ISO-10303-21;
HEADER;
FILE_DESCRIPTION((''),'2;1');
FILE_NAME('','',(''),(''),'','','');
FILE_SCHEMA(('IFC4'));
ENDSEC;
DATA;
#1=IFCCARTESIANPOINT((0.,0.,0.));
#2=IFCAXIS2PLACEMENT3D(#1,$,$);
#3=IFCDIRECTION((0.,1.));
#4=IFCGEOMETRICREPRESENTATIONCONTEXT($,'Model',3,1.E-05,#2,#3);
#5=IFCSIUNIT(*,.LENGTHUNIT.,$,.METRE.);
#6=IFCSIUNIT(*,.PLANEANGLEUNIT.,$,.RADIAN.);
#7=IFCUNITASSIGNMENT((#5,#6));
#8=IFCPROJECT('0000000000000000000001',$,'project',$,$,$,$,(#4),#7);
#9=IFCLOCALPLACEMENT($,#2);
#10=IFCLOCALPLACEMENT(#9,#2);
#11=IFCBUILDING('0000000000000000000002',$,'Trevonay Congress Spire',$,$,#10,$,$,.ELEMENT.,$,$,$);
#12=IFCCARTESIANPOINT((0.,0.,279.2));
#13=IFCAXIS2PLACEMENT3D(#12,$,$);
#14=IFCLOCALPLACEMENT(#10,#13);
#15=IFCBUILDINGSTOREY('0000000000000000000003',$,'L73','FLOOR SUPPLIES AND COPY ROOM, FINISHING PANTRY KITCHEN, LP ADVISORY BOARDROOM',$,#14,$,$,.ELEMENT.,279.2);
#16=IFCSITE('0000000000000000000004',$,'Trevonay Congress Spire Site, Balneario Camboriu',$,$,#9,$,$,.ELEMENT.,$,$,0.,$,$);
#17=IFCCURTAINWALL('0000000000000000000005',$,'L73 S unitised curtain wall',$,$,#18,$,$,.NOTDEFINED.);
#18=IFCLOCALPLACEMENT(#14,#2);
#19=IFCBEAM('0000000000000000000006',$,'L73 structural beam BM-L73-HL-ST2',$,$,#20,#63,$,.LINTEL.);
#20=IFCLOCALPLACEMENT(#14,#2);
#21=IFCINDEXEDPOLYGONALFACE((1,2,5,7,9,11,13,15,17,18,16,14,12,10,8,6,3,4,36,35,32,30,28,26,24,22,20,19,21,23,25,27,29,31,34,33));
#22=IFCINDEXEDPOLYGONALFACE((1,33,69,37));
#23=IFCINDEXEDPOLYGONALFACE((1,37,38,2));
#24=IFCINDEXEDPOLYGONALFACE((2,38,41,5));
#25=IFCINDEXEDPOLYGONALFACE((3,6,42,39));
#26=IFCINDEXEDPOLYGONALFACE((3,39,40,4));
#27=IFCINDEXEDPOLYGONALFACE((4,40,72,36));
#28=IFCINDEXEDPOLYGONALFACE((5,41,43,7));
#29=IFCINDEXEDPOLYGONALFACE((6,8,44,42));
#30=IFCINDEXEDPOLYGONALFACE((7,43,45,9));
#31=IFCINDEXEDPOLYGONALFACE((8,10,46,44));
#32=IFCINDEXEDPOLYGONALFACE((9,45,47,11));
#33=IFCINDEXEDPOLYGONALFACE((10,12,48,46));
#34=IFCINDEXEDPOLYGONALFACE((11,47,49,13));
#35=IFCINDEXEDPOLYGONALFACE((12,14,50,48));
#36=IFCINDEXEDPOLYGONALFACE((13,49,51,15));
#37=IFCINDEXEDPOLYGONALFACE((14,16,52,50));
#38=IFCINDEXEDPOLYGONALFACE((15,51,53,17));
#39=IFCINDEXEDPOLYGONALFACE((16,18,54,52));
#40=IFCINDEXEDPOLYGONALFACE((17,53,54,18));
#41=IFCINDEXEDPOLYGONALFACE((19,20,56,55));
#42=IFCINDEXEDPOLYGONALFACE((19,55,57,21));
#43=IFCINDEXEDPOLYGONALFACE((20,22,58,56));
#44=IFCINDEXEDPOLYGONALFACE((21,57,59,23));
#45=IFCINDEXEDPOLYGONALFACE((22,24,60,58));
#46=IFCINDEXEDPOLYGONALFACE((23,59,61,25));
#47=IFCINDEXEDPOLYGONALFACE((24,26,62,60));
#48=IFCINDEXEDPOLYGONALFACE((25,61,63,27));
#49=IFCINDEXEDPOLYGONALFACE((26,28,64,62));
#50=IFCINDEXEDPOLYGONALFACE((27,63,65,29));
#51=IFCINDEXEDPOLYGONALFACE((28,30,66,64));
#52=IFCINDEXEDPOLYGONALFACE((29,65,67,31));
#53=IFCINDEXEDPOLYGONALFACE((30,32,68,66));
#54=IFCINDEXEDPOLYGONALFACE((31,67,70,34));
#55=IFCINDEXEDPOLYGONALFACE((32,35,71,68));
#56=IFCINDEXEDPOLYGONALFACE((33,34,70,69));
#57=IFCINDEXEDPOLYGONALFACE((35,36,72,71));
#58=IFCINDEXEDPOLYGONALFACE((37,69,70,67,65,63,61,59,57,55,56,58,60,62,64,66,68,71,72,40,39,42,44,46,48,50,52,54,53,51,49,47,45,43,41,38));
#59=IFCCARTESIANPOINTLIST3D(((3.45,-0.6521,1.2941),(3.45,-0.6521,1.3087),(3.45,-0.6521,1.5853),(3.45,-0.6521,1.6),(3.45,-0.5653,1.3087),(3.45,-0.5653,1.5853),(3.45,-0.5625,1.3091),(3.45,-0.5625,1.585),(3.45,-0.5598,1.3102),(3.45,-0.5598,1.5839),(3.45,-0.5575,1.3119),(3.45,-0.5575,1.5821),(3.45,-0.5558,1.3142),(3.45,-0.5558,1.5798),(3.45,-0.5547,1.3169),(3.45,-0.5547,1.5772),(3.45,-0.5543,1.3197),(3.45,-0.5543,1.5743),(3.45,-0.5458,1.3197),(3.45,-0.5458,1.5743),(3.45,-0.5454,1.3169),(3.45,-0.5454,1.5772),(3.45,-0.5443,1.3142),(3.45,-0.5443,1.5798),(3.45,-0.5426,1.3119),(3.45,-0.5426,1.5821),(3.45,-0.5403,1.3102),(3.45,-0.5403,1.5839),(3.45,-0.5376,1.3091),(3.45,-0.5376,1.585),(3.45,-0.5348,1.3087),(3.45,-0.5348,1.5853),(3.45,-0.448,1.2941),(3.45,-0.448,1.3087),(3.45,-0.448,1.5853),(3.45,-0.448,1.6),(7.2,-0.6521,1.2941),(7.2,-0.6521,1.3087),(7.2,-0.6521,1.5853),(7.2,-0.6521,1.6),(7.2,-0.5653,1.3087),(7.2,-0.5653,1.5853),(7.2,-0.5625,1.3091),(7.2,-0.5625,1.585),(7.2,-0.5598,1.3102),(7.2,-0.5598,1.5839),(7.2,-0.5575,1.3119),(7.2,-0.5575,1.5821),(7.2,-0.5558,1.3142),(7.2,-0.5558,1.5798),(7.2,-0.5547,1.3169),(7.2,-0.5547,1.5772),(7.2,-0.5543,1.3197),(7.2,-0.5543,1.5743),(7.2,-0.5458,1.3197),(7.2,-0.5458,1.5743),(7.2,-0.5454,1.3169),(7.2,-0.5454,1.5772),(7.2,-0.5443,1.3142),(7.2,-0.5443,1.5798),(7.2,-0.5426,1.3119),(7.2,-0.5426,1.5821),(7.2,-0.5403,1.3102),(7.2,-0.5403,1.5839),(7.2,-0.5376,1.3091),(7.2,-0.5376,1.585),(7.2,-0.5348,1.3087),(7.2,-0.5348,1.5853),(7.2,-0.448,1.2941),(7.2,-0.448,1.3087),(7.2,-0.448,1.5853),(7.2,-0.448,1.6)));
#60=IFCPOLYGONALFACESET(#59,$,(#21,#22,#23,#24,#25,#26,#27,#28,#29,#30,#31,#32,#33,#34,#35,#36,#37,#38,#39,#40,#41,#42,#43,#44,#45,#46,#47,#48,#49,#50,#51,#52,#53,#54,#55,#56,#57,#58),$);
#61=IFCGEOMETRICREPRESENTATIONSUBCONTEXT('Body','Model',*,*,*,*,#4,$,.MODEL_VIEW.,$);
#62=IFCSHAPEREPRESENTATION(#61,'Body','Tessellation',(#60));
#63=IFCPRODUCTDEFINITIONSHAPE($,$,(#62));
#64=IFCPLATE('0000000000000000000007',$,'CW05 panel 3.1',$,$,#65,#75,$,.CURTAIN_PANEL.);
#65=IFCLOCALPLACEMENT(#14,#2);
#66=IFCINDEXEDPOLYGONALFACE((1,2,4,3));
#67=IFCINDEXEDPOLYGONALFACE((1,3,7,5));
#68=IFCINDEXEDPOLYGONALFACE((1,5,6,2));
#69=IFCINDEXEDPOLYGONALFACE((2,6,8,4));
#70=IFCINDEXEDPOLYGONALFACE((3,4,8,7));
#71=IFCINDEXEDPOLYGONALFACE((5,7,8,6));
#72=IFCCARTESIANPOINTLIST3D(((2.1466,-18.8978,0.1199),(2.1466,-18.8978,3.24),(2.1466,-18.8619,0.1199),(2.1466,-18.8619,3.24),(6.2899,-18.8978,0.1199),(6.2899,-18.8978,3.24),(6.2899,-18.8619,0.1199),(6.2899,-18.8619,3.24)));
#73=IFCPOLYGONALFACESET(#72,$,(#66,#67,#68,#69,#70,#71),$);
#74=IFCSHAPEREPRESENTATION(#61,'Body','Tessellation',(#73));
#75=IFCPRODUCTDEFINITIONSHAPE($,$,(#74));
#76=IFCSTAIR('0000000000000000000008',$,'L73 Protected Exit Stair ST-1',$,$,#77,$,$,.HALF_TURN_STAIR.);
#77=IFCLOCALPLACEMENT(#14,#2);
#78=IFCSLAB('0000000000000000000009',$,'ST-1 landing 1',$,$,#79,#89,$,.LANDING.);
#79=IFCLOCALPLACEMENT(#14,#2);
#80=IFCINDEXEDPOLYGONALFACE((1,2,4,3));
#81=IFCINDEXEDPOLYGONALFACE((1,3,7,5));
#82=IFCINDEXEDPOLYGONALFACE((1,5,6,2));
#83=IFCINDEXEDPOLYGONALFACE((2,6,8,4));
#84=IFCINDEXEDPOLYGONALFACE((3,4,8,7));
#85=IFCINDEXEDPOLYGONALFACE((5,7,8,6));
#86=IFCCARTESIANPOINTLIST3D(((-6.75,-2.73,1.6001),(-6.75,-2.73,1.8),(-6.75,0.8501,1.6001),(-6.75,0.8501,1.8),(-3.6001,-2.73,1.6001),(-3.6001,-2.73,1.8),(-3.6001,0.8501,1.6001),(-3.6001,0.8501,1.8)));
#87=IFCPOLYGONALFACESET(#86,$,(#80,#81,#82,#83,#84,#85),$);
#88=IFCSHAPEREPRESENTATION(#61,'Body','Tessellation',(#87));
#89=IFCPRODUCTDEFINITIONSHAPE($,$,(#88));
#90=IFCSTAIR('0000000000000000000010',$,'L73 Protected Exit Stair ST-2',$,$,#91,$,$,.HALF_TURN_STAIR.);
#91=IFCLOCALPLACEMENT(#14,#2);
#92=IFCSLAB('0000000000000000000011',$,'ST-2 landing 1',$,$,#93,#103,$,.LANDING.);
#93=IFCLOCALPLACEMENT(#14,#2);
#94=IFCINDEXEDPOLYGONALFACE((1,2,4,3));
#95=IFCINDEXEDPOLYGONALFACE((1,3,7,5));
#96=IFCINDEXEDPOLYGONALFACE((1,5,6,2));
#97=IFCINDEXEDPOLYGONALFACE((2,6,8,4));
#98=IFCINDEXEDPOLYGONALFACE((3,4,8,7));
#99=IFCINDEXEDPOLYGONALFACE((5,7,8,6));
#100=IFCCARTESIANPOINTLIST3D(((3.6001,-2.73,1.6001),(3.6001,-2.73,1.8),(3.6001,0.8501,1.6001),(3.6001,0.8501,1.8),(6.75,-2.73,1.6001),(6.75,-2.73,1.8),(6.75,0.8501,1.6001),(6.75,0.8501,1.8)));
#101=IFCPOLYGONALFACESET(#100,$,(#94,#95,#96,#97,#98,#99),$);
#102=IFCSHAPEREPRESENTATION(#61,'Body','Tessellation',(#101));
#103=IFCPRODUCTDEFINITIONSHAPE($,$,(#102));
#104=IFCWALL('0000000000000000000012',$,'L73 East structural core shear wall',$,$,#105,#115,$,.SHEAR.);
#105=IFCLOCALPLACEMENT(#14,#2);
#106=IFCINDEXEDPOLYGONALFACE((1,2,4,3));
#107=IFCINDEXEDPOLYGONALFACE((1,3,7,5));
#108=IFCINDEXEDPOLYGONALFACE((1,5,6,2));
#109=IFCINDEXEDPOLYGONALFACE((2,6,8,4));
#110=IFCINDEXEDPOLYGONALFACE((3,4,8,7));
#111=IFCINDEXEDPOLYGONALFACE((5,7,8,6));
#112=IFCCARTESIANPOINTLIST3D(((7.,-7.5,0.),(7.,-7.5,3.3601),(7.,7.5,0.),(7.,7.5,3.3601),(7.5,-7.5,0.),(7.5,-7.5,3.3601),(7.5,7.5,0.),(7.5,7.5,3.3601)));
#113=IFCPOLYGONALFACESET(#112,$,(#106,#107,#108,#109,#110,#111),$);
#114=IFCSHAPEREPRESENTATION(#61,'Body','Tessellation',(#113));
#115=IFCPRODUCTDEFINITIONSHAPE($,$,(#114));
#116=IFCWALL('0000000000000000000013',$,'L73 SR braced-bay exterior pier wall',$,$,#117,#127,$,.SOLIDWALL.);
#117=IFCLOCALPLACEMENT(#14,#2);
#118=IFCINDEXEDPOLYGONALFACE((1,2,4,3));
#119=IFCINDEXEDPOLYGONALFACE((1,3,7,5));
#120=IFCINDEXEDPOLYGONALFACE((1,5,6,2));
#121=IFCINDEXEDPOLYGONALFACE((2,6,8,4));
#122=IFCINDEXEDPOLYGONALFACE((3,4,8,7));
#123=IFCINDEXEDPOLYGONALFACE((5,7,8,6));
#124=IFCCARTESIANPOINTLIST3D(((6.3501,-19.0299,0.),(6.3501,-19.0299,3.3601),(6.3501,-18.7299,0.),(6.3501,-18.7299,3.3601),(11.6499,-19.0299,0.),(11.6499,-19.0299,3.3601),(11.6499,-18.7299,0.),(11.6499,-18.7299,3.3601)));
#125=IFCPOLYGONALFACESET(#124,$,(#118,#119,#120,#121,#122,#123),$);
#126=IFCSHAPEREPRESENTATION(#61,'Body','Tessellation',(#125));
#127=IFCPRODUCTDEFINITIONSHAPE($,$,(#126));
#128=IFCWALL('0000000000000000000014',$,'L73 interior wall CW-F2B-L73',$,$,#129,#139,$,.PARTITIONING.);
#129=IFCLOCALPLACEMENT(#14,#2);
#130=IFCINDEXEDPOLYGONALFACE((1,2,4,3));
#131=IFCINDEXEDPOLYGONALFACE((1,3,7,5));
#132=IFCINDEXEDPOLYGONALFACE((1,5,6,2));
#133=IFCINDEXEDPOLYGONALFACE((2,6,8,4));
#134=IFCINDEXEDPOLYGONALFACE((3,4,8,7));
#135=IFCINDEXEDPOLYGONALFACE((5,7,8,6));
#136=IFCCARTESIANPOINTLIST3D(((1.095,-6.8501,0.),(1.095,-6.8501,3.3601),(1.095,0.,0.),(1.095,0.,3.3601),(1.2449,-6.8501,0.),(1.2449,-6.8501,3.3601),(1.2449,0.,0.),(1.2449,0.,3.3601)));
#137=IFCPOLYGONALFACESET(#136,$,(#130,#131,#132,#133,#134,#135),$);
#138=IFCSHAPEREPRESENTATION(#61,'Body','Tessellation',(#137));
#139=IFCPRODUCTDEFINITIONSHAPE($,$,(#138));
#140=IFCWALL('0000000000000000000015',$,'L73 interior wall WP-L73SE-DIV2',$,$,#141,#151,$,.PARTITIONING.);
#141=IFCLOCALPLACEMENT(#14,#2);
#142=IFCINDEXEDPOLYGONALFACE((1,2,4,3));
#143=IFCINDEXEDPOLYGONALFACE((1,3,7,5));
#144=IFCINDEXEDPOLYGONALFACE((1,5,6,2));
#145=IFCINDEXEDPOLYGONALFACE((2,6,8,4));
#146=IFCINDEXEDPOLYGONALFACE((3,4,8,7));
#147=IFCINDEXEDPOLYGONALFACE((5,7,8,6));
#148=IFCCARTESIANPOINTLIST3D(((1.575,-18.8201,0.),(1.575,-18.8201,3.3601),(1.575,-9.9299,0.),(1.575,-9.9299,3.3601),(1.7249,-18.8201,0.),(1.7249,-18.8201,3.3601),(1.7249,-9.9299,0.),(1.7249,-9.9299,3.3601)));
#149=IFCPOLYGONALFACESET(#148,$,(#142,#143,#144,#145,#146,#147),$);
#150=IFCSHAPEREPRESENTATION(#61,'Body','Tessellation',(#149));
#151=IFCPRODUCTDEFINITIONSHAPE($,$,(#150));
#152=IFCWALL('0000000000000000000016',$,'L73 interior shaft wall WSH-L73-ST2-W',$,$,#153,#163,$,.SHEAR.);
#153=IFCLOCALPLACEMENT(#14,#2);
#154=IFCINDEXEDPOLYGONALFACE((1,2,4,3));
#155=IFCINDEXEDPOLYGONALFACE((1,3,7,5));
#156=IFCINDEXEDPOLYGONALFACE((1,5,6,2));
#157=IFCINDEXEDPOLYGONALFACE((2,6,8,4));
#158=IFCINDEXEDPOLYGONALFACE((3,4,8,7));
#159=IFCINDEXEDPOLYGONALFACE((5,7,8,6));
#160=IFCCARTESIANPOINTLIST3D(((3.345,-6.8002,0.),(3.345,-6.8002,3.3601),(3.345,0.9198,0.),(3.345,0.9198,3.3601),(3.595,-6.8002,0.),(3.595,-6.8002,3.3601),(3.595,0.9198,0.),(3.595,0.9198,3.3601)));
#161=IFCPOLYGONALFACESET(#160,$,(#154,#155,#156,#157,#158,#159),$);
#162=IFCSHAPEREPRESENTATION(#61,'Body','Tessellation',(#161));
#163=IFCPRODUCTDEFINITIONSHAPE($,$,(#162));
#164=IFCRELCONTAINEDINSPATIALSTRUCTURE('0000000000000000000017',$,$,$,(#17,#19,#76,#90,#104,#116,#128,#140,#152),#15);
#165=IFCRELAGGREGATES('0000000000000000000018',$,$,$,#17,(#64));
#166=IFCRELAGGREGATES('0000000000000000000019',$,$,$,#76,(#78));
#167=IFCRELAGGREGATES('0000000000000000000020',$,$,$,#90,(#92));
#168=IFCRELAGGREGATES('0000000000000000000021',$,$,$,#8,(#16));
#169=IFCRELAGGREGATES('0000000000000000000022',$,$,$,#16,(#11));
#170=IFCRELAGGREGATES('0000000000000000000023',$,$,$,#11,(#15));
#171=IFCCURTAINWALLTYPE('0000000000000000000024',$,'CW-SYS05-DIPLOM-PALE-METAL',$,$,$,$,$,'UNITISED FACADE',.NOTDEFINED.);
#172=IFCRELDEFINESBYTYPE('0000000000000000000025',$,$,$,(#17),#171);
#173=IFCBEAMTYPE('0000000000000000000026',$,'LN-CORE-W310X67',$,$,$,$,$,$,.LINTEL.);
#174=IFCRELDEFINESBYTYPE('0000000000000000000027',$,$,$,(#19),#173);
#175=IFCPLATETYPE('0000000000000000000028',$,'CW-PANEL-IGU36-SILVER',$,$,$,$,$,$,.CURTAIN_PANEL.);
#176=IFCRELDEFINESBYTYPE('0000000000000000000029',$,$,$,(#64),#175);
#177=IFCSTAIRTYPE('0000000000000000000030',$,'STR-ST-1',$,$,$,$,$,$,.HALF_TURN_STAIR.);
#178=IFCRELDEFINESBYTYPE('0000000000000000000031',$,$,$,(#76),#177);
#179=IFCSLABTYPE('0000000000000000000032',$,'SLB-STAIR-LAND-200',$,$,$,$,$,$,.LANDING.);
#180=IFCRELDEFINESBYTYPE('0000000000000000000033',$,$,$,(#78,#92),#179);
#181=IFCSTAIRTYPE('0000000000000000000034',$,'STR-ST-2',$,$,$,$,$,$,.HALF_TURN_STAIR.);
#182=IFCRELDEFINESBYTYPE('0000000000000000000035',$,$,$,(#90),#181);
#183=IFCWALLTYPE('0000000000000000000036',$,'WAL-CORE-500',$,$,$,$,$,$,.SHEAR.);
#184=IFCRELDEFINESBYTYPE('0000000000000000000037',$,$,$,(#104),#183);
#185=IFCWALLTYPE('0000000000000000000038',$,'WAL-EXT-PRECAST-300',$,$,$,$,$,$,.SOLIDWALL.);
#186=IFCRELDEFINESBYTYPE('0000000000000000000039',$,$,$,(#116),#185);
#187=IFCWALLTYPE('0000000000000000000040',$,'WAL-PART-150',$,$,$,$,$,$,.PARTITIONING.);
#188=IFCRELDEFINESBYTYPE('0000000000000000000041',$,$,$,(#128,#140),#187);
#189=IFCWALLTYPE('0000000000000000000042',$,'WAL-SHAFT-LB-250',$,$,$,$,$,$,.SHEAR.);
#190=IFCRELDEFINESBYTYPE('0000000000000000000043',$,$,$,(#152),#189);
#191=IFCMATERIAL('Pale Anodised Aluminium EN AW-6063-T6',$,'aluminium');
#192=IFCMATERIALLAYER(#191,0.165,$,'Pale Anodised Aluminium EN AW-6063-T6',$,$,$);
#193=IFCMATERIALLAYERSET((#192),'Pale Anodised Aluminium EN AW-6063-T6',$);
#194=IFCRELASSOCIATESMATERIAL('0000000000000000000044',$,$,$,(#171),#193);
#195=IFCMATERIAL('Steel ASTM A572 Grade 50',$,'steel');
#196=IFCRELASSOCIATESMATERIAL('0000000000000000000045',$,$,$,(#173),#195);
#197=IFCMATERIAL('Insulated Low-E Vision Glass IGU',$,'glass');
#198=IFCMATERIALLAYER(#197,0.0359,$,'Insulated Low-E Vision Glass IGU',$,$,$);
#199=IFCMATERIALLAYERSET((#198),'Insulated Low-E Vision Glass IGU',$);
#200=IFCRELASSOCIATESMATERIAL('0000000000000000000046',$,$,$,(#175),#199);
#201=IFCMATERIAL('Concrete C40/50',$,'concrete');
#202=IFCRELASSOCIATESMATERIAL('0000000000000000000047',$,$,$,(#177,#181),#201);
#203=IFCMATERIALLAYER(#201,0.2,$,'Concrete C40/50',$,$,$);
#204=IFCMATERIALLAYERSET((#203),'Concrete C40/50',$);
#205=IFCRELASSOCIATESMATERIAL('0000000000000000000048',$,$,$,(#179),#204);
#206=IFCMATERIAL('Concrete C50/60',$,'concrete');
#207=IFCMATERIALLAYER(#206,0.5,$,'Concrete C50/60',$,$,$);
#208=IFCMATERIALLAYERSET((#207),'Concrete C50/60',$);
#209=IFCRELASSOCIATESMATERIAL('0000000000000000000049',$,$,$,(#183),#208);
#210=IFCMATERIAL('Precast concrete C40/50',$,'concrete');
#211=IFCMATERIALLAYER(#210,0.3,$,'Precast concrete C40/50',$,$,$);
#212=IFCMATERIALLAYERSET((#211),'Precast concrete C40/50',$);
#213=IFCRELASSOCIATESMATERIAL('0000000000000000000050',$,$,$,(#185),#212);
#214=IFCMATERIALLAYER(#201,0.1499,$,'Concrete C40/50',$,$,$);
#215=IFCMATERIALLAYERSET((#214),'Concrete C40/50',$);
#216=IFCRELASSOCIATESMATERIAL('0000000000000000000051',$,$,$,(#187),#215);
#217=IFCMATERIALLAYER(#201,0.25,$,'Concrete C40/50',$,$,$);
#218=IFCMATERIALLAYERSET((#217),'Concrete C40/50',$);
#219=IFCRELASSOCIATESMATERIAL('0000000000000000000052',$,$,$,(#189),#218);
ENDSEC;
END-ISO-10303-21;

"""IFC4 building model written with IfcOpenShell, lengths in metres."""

from ifc_helpers import new_model, si_unit, direction, frame, frame_2d, origin, origin_2d, place, context, subcontext, project, spatial, polyline, rectangle, i_section, outline, extrude, material, layer, layer_set, material_profile, profile_set, type_object, element, aggregate, save


model = new_model("IFC4")

# Units and contexts
model_context = context("Model", 3, precision=1e-05, world=origin(), true_north=direction((0.0, 1.0)))
body_context = subcontext(model_context, "Body", "Model", "MODEL_VIEW")
ifc_project = project(units=[si_unit("LENGTHUNIT", "METRE"), si_unit("PLANEANGLEUNIT", "RADIAN")], contexts=[model_context])

# Site, building, storey
site_placement = place(None, origin())
site = spatial("IfcSite", under=ifc_project, at=site_placement, Name="Trevonay Congress Spire Site, Balneario Camboriu", CompositionType="ELEMENT", RefElevation=0.0)
building_placement = place(site_placement, origin())
building = spatial("IfcBuilding", under=site, at=building_placement, Name="Trevonay Congress Spire", CompositionType="ELEMENT")
storey_placement = place(building_placement, frame((0.0, 0.0, 279.2)))
storey = spatial("IfcBuildingStorey", under=building, at=storey_placement, Name="L73", Description="FLOOR SUPPLIES AND COPY ROOM, FINISHING PANTRY KITCHEN, LP ADVISORY BOARDROOM", CompositionType="ELEMENT", Elevation=279.2)

# Shared definitions
ifc_material_1 = material(Name="Steel ASTM A572 Grade 50", Category="steel")

# Curtain wall
ifc_material_2 = material(Name="Pale Anodised Aluminium EN AW-6063-T6", Category="aluminium")
ifc_layer_1 = layer(ifc_material_2, 0.165, Name="Pale Anodised Aluminium EN AW-6063-T6")
ifc_layer_set_1 = layer_set([ifc_layer_1], Name="Pale Anodised Aluminium EN AW-6063-T6")
curtain_wall_type = type_object("IfcCurtainWallType", Name="CW-SYS05-DIPLOM-PALE-METAL", ElementType="UNITISED FACADE", PredefinedType="NOTDEFINED", material=ifc_layer_set_1)
curtain_wall_placement = place(storey_placement, origin())
curtain_wall = element("IfcCurtainWall", 1, at=curtain_wall_placement, inside=storey, type_object=curtain_wall_type, Name="L73 S unitised curtain wall", PredefinedType="NOTDEFINED")

# Beam
ifc_material_profile_1 = material_profile(ifc_material_1, i_section(OverallWidth=0.2041, OverallDepth=0.3059, WebThickness=0.0085, FlangeThickness=0.0146, FilletRadius=0.011, at=origin_2d()), Name="W310x67")
ifc_profile_set_1 = profile_set([ifc_material_profile_1], Name="Steel ASTM A572 Grade 50")
beam_type_1 = type_object("IfcBeamType", Name="LN-CORE-W310X67", PredefinedType="LINTEL", material=ifc_profile_set_1)
beam_1_placement = place(storey_placement, frame((3.45, -0.55, 1.447), z_axis=(1.0, 0.0, 0.0), x_axis=(0.0, 1.0, 0.0)))
element("IfcBeam", 2, at=beam_1_placement, inside=storey, type_object=beam_type_1, Name="L73 structural beam BM-L73-HL-ST2", PredefinedType="LINTEL", context=body_context, shape_type="SweptSolid", body=[
    extrude(i_section(OverallWidth=0.2041, OverallDepth=0.3059, WebThickness=0.0085, FlangeThickness=0.0146, FilletRadius=0.011, at=origin_2d()), origin(), (0.0, 0.0, 1.0), 3.75),
])

# Plate
ifc_material_3 = material(Name="Insulated Low-E Vision Glass IGU", Category="glass")
ifc_layer_2 = layer(ifc_material_3, 0.0359, Name="Insulated Low-E Vision Glass IGU")
ifc_layer_set_2 = layer_set([ifc_layer_2], Name="Insulated Low-E Vision Glass IGU")
plate_type = type_object("IfcPlateType", Name="CW-PANEL-IGU36-SILVER", PredefinedType="CURTAIN_PANEL", material=ifc_layer_set_2)
plate_placement = place(storey_placement, frame((4.2183, -18.8799, 0.1199), z_axis=(0.0, 0.0, 1.0), x_axis=(1.0, 0.0, 0.0)))
plate = element("IfcPlate", 3, at=plate_placement, type_object=plate_type, Name="CW05 panel 3.1", PredefinedType="CURTAIN_PANEL", context=body_context, shape_type="SweptSolid", body=[
    extrude(rectangle(XDim=4.1433, YDim=0.0359, at=origin_2d()), origin(), (0.0, 0.0, 1.0), 3.1201),
])
aggregate(curtain_wall, [plate])

# Stairs, slabs
ifc_material_4 = material(Name="Concrete C40/50", Category="concrete")
stair_type_1 = type_object("IfcStairType", Name="STR-ST-1", PredefinedType="HALF_TURN_STAIR", material=ifc_material_4)
stair_1_placement = place(storey_placement, origin())
stair_1 = element("IfcStair", 4, at=stair_1_placement, inside=storey, type_object=stair_type_1, Name="L73 Protected Exit Stair ST-1", PredefinedType="HALF_TURN_STAIR")
ifc_layer_3 = layer(ifc_material_4, 0.2, Name="Concrete C40/50")
ifc_layer_set_3 = layer_set([ifc_layer_3], Name="Concrete C40/50")
slab_type = type_object("IfcSlabType", Name="SLB-STAIR-LAND-200", PredefinedType="LANDING", material=ifc_layer_set_3)
slab_1_placement = place(storey_placement, frame((0.0, 0.0, 1.6001)))
slab_1 = element("IfcSlab", 5, at=slab_1_placement, type_object=slab_type, Name="ST-1 landing 1", PredefinedType="LANDING", context=body_context, shape_type="SweptSolid", body=[
    extrude(outline(polyline([(-3.6001, -2.73), (-3.6001, 0.8501), (-6.75, 0.8501), (-6.75, -2.73), (-3.6001, -2.73)])), origin(), (0.0, 0.0, 1.0), 0.2),
])
aggregate(stair_1, [slab_1])
stair_type_2 = type_object("IfcStairType", Name="STR-ST-2", PredefinedType="HALF_TURN_STAIR", material=ifc_material_4)
stair_2_placement = place(storey_placement, origin())
stair_2 = element("IfcStair", 6, at=stair_2_placement, inside=storey, type_object=stair_type_2, Name="L73 Protected Exit Stair ST-2", PredefinedType="HALF_TURN_STAIR")
slab_2_placement = place(storey_placement, frame((0.0, 0.0, 1.6001)))
slab_2 = element("IfcSlab", 7, at=slab_2_placement, type_object=slab_type, Name="ST-2 landing 1", PredefinedType="LANDING", context=body_context, shape_type="SweptSolid", body=[
    extrude(outline(polyline([(6.75, -2.73), (6.75, 0.8501), (3.6001, 0.8501), (3.6001, -2.73), (6.75, -2.73)])), origin(), (0.0, 0.0, 1.0), 0.2),
])

# Walls
ifc_material_5 = material(Name="Concrete C50/60", Category="concrete")
ifc_layer_4 = layer(ifc_material_5, 0.5, Name="Concrete C50/60")
ifc_layer_set_4 = layer_set([ifc_layer_4], Name="Concrete C50/60")
wall_type_1 = type_object("IfcWallType", Name="WAL-CORE-500", PredefinedType="SHEAR", material=ifc_layer_set_4)
wall_1_placement = place(storey_placement, frame((7.25, -7.5, 0.0), z_axis=(0.0, 0.0, 1.0), x_axis=(0.0, 1.0, 0.0)))
element("IfcWall", 8, at=wall_1_placement, inside=storey, type_object=wall_type_1, Name="L73 East structural core shear wall", PredefinedType="SHEAR", context=body_context, shape_type="SweptSolid", body=[
    extrude(rectangle(XDim=15.0, YDim=0.5, at=frame_2d((7.5, 0.0))), origin(), (0.0, 0.0, 1.0), 3.3601),
])
ifc_material_6 = material(Name="Precast concrete C40/50", Category="concrete")
ifc_layer_5 = layer(ifc_material_6, 0.3, Name="Precast concrete C40/50")
ifc_layer_set_5 = layer_set([ifc_layer_5], Name="Precast concrete C40/50")
wall_type_2 = type_object("IfcWallType", Name="WAL-EXT-PRECAST-300", PredefinedType="SOLIDWALL", material=ifc_layer_set_5)
wall_2_placement = place(storey_placement, frame((6.3501, -18.8799, 0.0), z_axis=(0.0, 0.0, 1.0), x_axis=(1.0, 0.0, 0.0)))
element("IfcWall", 9, at=wall_2_placement, inside=storey, type_object=wall_type_2, Name="L73 SR braced-bay exterior pier wall", PredefinedType="SOLIDWALL", context=body_context, shape_type="SweptSolid", body=[
    extrude(rectangle(XDim=5.2998, YDim=0.3, at=frame_2d((2.6499, 0.0))), origin(), (0.0, 0.0, 1.0), 3.3601),
])
ifc_layer_6 = layer(ifc_material_4, 0.1499, Name="Concrete C40/50")
ifc_layer_set_6 = layer_set([ifc_layer_6], Name="Concrete C40/50")
wall_type_3 = type_object("IfcWallType", Name="WAL-PART-150", PredefinedType="PARTITIONING", material=ifc_layer_set_6)
wall_3_placement = place(storey_placement, frame((1.1699, -6.8501, 0.0), z_axis=(0.0, 0.0, 1.0), x_axis=(0.0, 1.0, 0.0)))
element("IfcWall", 10, at=wall_3_placement, inside=storey, type_object=wall_type_3, Name="L73 interior wall CW-F2B-L73", PredefinedType="PARTITIONING", context=body_context, shape_type="SweptSolid", body=[
    extrude(rectangle(XDim=6.8501, YDim=0.1499, at=frame_2d((3.425, 0.0))), origin(), (0.0, 0.0, 1.0), 3.3601),
])
wall_4_placement = place(storey_placement, frame((1.6499, -18.8201, 0.0), z_axis=(0.0, 0.0, 1.0), x_axis=(0.0, 1.0, 0.0)))
element("IfcWall", 11, at=wall_4_placement, inside=storey, type_object=wall_type_3, Name="L73 interior wall WP-L73SE-DIV2", PredefinedType="PARTITIONING", context=body_context, shape_type="SweptSolid", body=[
    extrude(rectangle(XDim=8.8901, YDim=0.1499, at=frame_2d((4.4451, 0.0))), origin(), (0.0, 0.0, 1.0), 3.3601),
])
ifc_layer_7 = layer(ifc_material_4, 0.25, Name="Concrete C40/50")
ifc_layer_set_7 = layer_set([ifc_layer_7], Name="Concrete C40/50")
wall_type_4 = type_object("IfcWallType", Name="WAL-SHAFT-LB-250", PredefinedType="SHEAR", material=ifc_layer_set_7)
wall_5_placement = place(storey_placement, frame((3.47, -6.8, 0.0), z_axis=(0.0, 0.0, 1.0), x_axis=(0.0, 1.0, 0.0)))
element("IfcWall", 12, at=wall_5_placement, inside=storey, type_object=wall_type_4, Name="L73 interior shaft wall WSH-L73-ST2-W", PredefinedType="SHEAR", context=body_context, shape_type="SweptSolid", body=[
    extrude(rectangle(XDim=7.72, YDim=0.25, at=frame_2d((3.8599, 0.0))), origin(), (0.0, 0.0, 1.0), 3.3601),
])

aggregate(stair_2, [slab_2])

save(model, "model.ifc")
